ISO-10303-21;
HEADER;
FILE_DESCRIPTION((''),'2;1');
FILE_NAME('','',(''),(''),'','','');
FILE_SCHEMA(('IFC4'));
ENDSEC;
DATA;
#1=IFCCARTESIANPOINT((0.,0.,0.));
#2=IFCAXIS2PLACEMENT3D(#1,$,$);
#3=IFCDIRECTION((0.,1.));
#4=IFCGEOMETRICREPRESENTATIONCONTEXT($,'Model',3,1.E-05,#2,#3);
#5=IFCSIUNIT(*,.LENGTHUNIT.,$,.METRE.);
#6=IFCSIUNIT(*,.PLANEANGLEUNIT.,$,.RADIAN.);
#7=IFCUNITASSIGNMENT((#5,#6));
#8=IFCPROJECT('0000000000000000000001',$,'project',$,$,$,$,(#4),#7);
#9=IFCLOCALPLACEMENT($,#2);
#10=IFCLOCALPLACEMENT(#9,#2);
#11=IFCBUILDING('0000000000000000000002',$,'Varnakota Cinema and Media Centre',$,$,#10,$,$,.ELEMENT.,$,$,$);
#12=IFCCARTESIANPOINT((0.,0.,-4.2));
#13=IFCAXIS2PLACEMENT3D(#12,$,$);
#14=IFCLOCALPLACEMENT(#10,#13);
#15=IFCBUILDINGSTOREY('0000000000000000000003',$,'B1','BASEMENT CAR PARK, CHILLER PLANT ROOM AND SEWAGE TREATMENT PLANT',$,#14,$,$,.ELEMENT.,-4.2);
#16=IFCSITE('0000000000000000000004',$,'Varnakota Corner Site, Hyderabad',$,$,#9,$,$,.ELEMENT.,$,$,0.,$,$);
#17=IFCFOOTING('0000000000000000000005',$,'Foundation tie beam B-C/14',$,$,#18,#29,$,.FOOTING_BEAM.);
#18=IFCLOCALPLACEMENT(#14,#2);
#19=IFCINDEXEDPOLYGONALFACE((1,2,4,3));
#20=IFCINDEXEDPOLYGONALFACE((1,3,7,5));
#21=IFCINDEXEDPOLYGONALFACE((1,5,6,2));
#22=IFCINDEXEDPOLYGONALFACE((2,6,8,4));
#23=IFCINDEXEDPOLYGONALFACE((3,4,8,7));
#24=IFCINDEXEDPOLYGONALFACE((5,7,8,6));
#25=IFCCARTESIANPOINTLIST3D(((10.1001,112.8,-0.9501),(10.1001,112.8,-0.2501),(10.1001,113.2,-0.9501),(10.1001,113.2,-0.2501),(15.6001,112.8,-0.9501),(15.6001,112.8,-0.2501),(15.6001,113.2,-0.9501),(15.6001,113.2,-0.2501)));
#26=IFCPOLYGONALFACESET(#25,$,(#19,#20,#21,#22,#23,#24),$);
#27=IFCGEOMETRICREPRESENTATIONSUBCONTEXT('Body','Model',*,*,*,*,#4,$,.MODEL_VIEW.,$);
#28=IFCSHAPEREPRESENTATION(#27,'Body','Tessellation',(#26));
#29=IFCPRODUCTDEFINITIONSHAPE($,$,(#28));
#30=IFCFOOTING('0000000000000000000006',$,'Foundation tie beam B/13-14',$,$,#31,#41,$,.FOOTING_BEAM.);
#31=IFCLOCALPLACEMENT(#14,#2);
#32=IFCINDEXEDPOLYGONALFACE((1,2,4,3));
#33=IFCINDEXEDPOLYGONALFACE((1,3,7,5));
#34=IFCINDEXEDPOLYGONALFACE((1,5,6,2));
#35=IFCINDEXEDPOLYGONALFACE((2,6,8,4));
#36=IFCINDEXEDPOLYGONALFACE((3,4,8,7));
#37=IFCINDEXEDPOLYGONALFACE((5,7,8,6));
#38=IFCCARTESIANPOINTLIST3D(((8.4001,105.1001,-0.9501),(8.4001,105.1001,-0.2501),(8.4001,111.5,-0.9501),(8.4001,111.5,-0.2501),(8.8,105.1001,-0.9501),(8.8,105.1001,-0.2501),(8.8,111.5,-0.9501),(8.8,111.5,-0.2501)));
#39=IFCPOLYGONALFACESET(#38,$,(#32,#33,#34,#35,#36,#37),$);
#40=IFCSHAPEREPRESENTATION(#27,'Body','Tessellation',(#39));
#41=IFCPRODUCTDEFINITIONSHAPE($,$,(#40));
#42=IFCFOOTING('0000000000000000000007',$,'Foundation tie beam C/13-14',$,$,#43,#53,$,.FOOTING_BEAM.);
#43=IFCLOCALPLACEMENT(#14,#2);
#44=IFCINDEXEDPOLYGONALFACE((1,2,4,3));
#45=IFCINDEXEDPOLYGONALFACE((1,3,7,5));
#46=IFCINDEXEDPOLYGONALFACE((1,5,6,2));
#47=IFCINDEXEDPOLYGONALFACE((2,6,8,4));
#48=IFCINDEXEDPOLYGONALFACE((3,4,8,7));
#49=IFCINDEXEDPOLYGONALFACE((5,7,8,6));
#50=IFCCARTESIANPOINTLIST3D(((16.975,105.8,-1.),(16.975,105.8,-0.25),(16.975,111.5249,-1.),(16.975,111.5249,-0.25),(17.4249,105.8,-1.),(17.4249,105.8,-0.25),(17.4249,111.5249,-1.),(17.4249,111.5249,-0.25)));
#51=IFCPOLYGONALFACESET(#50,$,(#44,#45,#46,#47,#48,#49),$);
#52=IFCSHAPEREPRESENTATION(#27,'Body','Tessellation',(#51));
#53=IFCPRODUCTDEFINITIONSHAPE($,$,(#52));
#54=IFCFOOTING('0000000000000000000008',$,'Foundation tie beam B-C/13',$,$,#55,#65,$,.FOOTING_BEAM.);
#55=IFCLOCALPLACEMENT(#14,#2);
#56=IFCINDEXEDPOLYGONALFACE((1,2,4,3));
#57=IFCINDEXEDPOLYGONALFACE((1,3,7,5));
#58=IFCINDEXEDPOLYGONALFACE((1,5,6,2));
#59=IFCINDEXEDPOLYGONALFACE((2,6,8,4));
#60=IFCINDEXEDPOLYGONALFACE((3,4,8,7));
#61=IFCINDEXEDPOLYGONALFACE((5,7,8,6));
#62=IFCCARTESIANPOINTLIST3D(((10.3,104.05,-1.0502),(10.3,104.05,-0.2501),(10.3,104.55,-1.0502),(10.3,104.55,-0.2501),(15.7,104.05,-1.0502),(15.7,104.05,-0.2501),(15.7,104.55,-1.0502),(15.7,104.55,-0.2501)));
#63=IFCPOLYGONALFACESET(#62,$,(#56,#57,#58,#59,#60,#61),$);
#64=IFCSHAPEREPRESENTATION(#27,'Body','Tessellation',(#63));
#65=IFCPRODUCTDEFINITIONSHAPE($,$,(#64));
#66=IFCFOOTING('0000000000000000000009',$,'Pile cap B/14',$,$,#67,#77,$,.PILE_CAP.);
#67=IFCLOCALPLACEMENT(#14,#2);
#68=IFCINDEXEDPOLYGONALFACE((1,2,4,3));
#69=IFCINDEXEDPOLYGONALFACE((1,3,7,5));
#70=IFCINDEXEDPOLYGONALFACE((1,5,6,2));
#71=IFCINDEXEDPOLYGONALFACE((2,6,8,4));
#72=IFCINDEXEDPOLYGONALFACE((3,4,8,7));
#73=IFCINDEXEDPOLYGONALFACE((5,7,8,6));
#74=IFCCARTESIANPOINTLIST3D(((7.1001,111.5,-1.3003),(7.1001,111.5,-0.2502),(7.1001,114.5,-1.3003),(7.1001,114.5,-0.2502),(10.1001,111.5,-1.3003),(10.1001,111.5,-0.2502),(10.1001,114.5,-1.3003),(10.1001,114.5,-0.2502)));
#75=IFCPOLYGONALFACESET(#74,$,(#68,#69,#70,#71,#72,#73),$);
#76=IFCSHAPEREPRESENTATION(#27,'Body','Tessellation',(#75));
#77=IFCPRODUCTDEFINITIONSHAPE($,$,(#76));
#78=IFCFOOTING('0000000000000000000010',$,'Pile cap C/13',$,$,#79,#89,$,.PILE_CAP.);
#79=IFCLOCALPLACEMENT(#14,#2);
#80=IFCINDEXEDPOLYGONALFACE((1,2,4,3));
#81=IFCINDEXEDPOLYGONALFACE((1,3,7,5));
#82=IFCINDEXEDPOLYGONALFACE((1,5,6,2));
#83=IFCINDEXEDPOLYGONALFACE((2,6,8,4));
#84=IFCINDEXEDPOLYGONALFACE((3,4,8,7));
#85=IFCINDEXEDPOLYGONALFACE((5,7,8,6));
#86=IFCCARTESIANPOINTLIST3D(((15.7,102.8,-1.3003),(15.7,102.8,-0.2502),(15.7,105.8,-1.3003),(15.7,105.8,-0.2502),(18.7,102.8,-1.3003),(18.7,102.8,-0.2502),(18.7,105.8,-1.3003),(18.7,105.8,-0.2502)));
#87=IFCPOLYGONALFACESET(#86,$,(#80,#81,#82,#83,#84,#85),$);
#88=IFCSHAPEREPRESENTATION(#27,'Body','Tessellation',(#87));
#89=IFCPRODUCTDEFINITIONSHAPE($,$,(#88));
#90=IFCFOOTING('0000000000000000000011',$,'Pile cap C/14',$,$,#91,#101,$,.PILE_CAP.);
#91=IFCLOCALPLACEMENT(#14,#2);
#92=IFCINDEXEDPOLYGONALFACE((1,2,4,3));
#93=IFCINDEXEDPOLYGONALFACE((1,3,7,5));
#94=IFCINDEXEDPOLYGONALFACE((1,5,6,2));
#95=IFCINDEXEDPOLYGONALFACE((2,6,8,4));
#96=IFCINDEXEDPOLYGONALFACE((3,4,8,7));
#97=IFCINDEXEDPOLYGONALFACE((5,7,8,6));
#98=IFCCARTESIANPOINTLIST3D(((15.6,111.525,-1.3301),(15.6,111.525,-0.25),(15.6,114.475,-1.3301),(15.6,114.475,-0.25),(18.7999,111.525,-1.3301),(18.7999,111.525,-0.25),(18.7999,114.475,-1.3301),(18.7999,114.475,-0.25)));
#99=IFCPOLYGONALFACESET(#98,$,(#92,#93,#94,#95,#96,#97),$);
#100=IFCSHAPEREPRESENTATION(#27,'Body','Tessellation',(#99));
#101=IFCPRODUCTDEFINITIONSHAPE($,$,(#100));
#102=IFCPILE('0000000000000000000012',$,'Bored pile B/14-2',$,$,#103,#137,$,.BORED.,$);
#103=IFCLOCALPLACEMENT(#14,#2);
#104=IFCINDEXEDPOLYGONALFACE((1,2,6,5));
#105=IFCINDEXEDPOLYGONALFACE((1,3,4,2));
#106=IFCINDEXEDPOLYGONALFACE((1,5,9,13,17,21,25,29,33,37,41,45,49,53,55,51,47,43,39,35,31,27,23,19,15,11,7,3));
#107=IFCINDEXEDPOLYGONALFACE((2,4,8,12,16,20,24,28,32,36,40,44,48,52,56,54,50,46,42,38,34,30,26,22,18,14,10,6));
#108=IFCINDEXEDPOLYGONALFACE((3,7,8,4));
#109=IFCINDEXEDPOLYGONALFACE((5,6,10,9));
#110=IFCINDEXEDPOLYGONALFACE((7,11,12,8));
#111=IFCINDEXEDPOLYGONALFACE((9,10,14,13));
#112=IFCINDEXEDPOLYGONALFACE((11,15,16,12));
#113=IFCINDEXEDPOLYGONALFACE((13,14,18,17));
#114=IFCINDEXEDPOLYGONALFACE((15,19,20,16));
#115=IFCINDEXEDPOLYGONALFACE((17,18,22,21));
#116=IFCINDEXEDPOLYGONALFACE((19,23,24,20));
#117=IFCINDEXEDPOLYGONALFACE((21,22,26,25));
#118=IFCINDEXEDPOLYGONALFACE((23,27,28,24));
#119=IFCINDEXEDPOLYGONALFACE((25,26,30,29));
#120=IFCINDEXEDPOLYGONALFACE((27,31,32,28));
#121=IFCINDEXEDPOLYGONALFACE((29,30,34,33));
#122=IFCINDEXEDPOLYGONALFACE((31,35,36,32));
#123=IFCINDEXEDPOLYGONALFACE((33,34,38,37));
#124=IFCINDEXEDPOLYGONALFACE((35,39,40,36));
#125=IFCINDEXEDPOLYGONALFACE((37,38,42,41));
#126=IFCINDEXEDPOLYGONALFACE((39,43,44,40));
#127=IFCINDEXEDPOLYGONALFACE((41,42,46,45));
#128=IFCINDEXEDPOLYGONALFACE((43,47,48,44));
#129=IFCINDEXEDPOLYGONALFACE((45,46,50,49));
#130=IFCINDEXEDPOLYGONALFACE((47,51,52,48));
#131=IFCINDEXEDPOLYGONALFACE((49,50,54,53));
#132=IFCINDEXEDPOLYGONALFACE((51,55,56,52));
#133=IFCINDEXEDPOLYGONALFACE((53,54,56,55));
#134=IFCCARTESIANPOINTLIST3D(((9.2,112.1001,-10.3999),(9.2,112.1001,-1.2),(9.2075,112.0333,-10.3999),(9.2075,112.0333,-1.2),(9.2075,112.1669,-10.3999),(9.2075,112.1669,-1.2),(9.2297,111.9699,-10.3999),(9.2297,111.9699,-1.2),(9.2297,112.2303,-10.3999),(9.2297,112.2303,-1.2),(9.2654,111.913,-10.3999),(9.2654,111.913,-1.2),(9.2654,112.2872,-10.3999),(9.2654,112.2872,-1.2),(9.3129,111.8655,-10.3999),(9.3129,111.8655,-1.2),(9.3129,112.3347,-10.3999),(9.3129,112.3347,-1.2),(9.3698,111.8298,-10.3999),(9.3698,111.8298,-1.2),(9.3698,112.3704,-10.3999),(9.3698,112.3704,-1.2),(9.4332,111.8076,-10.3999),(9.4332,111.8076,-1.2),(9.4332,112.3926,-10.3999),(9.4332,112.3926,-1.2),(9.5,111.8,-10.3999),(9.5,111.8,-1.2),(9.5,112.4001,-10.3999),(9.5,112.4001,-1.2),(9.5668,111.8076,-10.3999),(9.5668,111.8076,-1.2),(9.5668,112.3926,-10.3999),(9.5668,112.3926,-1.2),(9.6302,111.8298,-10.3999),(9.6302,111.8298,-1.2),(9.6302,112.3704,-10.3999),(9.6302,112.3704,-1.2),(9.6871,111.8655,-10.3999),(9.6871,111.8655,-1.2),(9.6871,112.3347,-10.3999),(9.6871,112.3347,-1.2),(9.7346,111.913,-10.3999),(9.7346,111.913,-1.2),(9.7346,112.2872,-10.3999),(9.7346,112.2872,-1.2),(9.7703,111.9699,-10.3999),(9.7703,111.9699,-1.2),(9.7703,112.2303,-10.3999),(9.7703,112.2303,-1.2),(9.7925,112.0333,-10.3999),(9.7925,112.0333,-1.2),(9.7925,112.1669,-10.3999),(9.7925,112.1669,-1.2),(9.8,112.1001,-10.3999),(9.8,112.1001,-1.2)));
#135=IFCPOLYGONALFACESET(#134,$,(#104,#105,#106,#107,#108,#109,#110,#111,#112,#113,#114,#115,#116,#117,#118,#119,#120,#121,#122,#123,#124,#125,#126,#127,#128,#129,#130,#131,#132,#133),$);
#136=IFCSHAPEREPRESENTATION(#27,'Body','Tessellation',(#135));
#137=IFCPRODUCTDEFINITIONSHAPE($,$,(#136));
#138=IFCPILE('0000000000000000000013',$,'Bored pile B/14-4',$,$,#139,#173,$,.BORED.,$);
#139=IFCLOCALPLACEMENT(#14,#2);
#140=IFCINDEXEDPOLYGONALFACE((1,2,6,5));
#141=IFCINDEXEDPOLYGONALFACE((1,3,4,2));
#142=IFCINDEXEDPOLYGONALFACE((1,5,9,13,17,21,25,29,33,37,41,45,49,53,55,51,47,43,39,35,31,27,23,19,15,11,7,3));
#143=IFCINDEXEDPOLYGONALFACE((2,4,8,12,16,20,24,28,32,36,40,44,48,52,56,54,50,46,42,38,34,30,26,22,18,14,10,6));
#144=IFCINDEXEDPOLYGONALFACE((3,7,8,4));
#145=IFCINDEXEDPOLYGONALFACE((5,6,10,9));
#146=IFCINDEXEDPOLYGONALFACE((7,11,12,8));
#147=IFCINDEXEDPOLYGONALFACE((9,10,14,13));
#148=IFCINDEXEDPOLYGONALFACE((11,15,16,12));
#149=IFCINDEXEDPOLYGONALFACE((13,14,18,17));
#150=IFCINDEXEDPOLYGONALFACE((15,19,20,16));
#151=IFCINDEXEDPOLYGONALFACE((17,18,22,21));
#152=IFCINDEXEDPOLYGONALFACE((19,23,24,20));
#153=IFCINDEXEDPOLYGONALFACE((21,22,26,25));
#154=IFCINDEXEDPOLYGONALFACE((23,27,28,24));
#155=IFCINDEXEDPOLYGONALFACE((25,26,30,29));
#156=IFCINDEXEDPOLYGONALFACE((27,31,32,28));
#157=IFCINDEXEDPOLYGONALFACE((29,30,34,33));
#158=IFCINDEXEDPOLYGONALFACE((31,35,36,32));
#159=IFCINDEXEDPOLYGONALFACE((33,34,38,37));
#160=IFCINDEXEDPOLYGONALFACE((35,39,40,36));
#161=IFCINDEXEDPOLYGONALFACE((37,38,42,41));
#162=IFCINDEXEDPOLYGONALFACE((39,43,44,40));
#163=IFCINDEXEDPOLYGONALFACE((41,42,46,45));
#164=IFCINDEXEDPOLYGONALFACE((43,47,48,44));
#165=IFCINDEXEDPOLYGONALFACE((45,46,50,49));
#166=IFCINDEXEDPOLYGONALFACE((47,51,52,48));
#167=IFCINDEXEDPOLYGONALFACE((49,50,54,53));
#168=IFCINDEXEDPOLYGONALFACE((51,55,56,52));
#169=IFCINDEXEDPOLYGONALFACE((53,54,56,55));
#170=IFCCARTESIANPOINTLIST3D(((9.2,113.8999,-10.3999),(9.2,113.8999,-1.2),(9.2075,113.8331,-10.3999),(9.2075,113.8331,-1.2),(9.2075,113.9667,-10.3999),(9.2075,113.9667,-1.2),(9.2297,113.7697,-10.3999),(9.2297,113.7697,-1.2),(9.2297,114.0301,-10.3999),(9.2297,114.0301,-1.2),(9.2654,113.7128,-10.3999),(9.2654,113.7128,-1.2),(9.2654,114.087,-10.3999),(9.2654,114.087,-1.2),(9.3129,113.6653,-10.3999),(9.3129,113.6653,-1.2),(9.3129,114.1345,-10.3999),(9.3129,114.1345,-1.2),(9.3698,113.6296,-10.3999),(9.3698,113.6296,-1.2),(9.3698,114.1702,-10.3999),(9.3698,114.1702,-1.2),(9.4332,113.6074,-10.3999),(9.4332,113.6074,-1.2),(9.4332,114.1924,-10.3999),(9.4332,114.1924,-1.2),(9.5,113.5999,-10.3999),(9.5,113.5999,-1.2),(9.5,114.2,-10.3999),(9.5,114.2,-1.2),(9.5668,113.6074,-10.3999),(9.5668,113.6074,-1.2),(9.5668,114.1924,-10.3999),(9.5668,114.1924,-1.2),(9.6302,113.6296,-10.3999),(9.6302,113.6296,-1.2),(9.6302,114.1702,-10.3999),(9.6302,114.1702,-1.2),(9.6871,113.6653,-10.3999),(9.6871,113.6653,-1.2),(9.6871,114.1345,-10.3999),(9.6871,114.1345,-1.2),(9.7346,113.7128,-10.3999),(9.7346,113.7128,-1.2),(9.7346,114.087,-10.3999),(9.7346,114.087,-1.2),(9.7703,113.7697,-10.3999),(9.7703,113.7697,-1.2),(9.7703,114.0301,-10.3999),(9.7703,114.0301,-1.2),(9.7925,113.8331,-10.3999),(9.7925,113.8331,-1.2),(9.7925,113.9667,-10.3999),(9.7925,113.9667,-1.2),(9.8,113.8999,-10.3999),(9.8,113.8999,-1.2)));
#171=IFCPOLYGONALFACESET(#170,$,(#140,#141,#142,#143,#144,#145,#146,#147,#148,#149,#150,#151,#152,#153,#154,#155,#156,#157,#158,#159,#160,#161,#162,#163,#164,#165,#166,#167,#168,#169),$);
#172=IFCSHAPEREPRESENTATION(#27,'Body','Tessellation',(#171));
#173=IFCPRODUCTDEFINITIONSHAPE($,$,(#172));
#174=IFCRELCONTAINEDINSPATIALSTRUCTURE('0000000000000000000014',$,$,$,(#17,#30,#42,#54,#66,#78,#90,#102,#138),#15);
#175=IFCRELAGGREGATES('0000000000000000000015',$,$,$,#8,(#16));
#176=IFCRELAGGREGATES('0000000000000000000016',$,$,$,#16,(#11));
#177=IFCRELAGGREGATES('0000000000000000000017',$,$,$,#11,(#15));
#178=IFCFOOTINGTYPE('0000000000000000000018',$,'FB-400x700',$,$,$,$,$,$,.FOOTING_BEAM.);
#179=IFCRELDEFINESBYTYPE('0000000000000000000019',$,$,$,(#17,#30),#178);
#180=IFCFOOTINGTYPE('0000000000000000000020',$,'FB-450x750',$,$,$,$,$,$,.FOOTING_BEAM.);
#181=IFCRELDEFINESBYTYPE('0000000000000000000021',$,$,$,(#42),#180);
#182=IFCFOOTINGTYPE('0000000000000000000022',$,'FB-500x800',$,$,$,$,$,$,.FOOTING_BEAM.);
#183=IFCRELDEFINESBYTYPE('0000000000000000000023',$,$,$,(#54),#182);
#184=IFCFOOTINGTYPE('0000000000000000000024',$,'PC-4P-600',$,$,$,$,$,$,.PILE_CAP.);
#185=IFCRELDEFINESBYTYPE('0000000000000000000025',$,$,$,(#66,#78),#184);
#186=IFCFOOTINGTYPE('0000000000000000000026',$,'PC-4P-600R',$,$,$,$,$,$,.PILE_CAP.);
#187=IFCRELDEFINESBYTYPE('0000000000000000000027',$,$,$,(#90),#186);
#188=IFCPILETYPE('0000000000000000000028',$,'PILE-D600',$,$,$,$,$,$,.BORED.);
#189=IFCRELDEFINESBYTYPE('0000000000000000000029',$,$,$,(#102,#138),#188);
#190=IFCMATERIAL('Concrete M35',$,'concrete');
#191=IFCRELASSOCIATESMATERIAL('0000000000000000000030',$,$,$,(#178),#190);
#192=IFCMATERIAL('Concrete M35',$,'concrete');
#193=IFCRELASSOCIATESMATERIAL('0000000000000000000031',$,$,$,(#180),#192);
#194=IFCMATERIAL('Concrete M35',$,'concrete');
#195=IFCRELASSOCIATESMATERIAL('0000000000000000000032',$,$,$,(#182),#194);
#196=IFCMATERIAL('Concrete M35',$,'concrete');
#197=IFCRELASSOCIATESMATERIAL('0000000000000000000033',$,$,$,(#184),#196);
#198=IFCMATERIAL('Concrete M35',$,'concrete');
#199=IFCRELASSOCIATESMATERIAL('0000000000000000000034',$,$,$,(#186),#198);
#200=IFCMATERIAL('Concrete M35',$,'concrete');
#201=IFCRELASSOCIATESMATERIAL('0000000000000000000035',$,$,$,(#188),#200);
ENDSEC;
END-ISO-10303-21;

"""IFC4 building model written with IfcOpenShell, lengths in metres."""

from ifc_helpers import new_model, si_unit, direction, frame, origin, origin_2d, place, context, subcontext, project, spatial, rectangle, circle, extrude, material, material_profile, profile_set, type_object, element, save


model = new_model("IFC4")

# Units and contexts
model_context = context("Model", 3, precision=1e-05, world=origin(), true_north=direction((0.0, 1.0)))
body_context = subcontext(model_context, "Body", "Model", "MODEL_VIEW")
ifc_project = project(units=[si_unit("LENGTHUNIT", "METRE"), si_unit("PLANEANGLEUNIT", "RADIAN")], contexts=[model_context])

# Site, building, storey
site_placement = place(None, origin())
site = spatial("IfcSite", under=ifc_project, at=site_placement, Name="Varnakota Corner Site, Hyderabad", CompositionType="ELEMENT", RefElevation=0.0)
building_placement = place(site_placement, origin())
building = spatial("IfcBuilding", under=site, at=building_placement, Name="Varnakota Cinema and Media Centre", CompositionType="ELEMENT")
storey_placement = place(building_placement, frame((0.0, 0.0, -4.2)))
storey = spatial("IfcBuildingStorey", under=building, at=storey_placement, Name="B1", Description="BASEMENT CAR PARK, CHILLER PLANT ROOM AND SEWAGE TREATMENT PLANT", CompositionType="ELEMENT", Elevation=-4.2)

# Footings
ifc_material_1 = material(Name="Concrete M35", Category="concrete")
ifc_material_profile_1 = material_profile(ifc_material_1, rectangle(XDim=0.3999, YDim=0.7, at=origin_2d()), Name="FB 400x700")
ifc_profile_set_1 = profile_set([ifc_material_profile_1], Name="Concrete M35")
footing_type_1 = type_object("IfcFootingType", Name="FB-400x700", PredefinedType="FOOTING_BEAM", material=ifc_profile_set_1)
footing_1_placement = place(storey_placement, frame((10.1001, 113.0, -0.6001), z_axis=(1.0, 0.0, 0.0), x_axis=(0.0, 1.0, 0.0)))
element("IfcFooting", 1, at=footing_1_placement, inside=storey, type_object=footing_type_1, Name="Foundation tie beam B-C/14", PredefinedType="FOOTING_BEAM", context=body_context, shape_type="SweptSolid", body=[
    extrude(rectangle(XDim=0.3999, YDim=0.7, at=origin_2d()), origin(), (0.0, 0.0, 1.0), 5.5),
])
footing_2_placement = place(storey_placement, frame((8.6001, 105.1001, -0.6001), z_axis=(0.0, 1.0, 0.0), x_axis=(-1.0, 0.0, 0.0)))
element("IfcFooting", 2, at=footing_2_placement, inside=storey, type_object=footing_type_1, Name="Foundation tie beam B/13-14", PredefinedType="FOOTING_BEAM", context=body_context, shape_type="SweptSolid", body=[
    extrude(rectangle(XDim=0.3999, YDim=0.7, at=origin_2d()), origin(), (0.0, 0.0, 1.0), 6.3999),
])
ifc_material_2 = material(Name="Concrete M35", Category="concrete")
ifc_material_profile_2 = material_profile(ifc_material_2, rectangle(XDim=0.45, YDim=0.75, at=origin_2d()), Name="FB 450x750")
ifc_profile_set_2 = profile_set([ifc_material_profile_2], Name="Concrete M35")
footing_type_2 = type_object("IfcFootingType", Name="FB-450x750", PredefinedType="FOOTING_BEAM", material=ifc_profile_set_2)
footing_3_placement = place(storey_placement, frame((17.2, 105.8, -0.625), z_axis=(0.0, 1.0, 0.0), x_axis=(-1.0, 0.0, 0.0)))
element("IfcFooting", 3, at=footing_3_placement, inside=storey, type_object=footing_type_2, Name="Foundation tie beam C/13-14", PredefinedType="FOOTING_BEAM", context=body_context, shape_type="SweptSolid", body=[
    extrude(rectangle(XDim=0.45, YDim=0.75, at=origin_2d()), origin(), (0.0, 0.0, 1.0), 5.7249),
])
ifc_material_3 = material(Name="Concrete M35", Category="concrete")
ifc_material_profile_3 = material_profile(ifc_material_3, rectangle(XDim=0.5, YDim=0.8, at=origin_2d()), Name="FB 500x800")
ifc_profile_set_3 = profile_set([ifc_material_profile_3], Name="Concrete M35")
footing_type_3 = type_object("IfcFootingType", Name="FB-500x800", PredefinedType="FOOTING_BEAM", material=ifc_profile_set_3)
footing_4_placement = place(storey_placement, frame((10.3, 104.3, -0.6501), z_axis=(1.0, 0.0, 0.0), x_axis=(0.0, 1.0, 0.0)))
element("IfcFooting", 4, at=footing_4_placement, inside=storey, type_object=footing_type_3, Name="Foundation tie beam B-C/13", PredefinedType="FOOTING_BEAM", context=body_context, shape_type="SweptSolid", body=[
    extrude(rectangle(XDim=0.5, YDim=0.8, at=origin_2d()), origin(), (0.0, 0.0, 1.0), 5.3999),
])
ifc_material_4 = material(Name="Concrete M35", Category="concrete")
footing_type_4 = type_object("IfcFootingType", Name="PC-4P-600", PredefinedType="PILE_CAP", material=ifc_material_4)
for number, where, z_axis, x_axis, name in (
    (5, (8.6001, 113.0, -1.3003), (0.0, 0.0, 1.0), (1.0, 0.0, 0.0), "Pile cap B/14"),
    (6, (17.2, 104.3, -1.3003), (0.0, 0.0, 1.0), (1.0, 0.0, 0.0), "Pile cap C/13"),
):
    element("IfcFooting", number, at=place(storey_placement, frame(where, z_axis=z_axis, x_axis=x_axis)), inside=storey, type_object=footing_type_4, Name=name, PredefinedType="PILE_CAP", context=body_context, shape_type="SweptSolid", body=[
        extrude(rectangle(XDim=3.0, YDim=3.0, at=origin_2d()), origin(), (0.0, 0.0, 1.0), 1.05),
    ])
ifc_material_5 = material(Name="Concrete M35", Category="concrete")
footing_type_5 = type_object("IfcFootingType", Name="PC-4P-600R", PredefinedType="PILE_CAP", material=ifc_material_5)
footing_5_placement = place(storey_placement, frame((17.2, 113.0, -1.3301), z_axis=(0.0, 0.0, 1.0), x_axis=(1.0, 0.0, 0.0)))
element("IfcFooting", 7, at=footing_5_placement, inside=storey, type_object=footing_type_5, Name="Pile cap C/14", PredefinedType="PILE_CAP", context=body_context, shape_type="SweptSolid", body=[
    extrude(rectangle(XDim=3.2, YDim=2.95, at=origin_2d()), origin(), (0.0, 0.0, 1.0), 1.0801),
])

# Piles
ifc_material_6 = material(Name="Concrete M35", Category="concrete")
ifc_material_profile_4 = material_profile(ifc_material_6, circle(Radius=0.3, at=origin_2d()), Name="PILE D600")
ifc_profile_set_4 = profile_set([ifc_material_profile_4], Name="Concrete M35")
pile_type_1 = type_object("IfcPileType", Name="PILE-D600", PredefinedType="BORED", material=ifc_profile_set_4)
for number, where, z_axis, x_axis, name in (
    (8, (9.5, 112.1001, -1.2), (0.0, 0.0, -1.0), (1.0, 0.0, 0.0), "Bored pile B/14-2"),
    (9, (9.5, 113.8999, -1.2), (0.0, 0.0, -1.0), (1.0, 0.0, 0.0), "Bored pile B/14-4"),
):
    element("IfcPile", number, at=place(storey_placement, frame(where, z_axis=z_axis, x_axis=x_axis)), inside=storey, type_object=pile_type_1, Name=name, PredefinedType="BORED", context=body_context, shape_type="SweptSolid", body=[
        extrude(circle(Radius=0.3, at=origin_2d()), origin(), (0.0, 0.0, 1.0), 9.2),
    ])

save(model, "model.ifc")
